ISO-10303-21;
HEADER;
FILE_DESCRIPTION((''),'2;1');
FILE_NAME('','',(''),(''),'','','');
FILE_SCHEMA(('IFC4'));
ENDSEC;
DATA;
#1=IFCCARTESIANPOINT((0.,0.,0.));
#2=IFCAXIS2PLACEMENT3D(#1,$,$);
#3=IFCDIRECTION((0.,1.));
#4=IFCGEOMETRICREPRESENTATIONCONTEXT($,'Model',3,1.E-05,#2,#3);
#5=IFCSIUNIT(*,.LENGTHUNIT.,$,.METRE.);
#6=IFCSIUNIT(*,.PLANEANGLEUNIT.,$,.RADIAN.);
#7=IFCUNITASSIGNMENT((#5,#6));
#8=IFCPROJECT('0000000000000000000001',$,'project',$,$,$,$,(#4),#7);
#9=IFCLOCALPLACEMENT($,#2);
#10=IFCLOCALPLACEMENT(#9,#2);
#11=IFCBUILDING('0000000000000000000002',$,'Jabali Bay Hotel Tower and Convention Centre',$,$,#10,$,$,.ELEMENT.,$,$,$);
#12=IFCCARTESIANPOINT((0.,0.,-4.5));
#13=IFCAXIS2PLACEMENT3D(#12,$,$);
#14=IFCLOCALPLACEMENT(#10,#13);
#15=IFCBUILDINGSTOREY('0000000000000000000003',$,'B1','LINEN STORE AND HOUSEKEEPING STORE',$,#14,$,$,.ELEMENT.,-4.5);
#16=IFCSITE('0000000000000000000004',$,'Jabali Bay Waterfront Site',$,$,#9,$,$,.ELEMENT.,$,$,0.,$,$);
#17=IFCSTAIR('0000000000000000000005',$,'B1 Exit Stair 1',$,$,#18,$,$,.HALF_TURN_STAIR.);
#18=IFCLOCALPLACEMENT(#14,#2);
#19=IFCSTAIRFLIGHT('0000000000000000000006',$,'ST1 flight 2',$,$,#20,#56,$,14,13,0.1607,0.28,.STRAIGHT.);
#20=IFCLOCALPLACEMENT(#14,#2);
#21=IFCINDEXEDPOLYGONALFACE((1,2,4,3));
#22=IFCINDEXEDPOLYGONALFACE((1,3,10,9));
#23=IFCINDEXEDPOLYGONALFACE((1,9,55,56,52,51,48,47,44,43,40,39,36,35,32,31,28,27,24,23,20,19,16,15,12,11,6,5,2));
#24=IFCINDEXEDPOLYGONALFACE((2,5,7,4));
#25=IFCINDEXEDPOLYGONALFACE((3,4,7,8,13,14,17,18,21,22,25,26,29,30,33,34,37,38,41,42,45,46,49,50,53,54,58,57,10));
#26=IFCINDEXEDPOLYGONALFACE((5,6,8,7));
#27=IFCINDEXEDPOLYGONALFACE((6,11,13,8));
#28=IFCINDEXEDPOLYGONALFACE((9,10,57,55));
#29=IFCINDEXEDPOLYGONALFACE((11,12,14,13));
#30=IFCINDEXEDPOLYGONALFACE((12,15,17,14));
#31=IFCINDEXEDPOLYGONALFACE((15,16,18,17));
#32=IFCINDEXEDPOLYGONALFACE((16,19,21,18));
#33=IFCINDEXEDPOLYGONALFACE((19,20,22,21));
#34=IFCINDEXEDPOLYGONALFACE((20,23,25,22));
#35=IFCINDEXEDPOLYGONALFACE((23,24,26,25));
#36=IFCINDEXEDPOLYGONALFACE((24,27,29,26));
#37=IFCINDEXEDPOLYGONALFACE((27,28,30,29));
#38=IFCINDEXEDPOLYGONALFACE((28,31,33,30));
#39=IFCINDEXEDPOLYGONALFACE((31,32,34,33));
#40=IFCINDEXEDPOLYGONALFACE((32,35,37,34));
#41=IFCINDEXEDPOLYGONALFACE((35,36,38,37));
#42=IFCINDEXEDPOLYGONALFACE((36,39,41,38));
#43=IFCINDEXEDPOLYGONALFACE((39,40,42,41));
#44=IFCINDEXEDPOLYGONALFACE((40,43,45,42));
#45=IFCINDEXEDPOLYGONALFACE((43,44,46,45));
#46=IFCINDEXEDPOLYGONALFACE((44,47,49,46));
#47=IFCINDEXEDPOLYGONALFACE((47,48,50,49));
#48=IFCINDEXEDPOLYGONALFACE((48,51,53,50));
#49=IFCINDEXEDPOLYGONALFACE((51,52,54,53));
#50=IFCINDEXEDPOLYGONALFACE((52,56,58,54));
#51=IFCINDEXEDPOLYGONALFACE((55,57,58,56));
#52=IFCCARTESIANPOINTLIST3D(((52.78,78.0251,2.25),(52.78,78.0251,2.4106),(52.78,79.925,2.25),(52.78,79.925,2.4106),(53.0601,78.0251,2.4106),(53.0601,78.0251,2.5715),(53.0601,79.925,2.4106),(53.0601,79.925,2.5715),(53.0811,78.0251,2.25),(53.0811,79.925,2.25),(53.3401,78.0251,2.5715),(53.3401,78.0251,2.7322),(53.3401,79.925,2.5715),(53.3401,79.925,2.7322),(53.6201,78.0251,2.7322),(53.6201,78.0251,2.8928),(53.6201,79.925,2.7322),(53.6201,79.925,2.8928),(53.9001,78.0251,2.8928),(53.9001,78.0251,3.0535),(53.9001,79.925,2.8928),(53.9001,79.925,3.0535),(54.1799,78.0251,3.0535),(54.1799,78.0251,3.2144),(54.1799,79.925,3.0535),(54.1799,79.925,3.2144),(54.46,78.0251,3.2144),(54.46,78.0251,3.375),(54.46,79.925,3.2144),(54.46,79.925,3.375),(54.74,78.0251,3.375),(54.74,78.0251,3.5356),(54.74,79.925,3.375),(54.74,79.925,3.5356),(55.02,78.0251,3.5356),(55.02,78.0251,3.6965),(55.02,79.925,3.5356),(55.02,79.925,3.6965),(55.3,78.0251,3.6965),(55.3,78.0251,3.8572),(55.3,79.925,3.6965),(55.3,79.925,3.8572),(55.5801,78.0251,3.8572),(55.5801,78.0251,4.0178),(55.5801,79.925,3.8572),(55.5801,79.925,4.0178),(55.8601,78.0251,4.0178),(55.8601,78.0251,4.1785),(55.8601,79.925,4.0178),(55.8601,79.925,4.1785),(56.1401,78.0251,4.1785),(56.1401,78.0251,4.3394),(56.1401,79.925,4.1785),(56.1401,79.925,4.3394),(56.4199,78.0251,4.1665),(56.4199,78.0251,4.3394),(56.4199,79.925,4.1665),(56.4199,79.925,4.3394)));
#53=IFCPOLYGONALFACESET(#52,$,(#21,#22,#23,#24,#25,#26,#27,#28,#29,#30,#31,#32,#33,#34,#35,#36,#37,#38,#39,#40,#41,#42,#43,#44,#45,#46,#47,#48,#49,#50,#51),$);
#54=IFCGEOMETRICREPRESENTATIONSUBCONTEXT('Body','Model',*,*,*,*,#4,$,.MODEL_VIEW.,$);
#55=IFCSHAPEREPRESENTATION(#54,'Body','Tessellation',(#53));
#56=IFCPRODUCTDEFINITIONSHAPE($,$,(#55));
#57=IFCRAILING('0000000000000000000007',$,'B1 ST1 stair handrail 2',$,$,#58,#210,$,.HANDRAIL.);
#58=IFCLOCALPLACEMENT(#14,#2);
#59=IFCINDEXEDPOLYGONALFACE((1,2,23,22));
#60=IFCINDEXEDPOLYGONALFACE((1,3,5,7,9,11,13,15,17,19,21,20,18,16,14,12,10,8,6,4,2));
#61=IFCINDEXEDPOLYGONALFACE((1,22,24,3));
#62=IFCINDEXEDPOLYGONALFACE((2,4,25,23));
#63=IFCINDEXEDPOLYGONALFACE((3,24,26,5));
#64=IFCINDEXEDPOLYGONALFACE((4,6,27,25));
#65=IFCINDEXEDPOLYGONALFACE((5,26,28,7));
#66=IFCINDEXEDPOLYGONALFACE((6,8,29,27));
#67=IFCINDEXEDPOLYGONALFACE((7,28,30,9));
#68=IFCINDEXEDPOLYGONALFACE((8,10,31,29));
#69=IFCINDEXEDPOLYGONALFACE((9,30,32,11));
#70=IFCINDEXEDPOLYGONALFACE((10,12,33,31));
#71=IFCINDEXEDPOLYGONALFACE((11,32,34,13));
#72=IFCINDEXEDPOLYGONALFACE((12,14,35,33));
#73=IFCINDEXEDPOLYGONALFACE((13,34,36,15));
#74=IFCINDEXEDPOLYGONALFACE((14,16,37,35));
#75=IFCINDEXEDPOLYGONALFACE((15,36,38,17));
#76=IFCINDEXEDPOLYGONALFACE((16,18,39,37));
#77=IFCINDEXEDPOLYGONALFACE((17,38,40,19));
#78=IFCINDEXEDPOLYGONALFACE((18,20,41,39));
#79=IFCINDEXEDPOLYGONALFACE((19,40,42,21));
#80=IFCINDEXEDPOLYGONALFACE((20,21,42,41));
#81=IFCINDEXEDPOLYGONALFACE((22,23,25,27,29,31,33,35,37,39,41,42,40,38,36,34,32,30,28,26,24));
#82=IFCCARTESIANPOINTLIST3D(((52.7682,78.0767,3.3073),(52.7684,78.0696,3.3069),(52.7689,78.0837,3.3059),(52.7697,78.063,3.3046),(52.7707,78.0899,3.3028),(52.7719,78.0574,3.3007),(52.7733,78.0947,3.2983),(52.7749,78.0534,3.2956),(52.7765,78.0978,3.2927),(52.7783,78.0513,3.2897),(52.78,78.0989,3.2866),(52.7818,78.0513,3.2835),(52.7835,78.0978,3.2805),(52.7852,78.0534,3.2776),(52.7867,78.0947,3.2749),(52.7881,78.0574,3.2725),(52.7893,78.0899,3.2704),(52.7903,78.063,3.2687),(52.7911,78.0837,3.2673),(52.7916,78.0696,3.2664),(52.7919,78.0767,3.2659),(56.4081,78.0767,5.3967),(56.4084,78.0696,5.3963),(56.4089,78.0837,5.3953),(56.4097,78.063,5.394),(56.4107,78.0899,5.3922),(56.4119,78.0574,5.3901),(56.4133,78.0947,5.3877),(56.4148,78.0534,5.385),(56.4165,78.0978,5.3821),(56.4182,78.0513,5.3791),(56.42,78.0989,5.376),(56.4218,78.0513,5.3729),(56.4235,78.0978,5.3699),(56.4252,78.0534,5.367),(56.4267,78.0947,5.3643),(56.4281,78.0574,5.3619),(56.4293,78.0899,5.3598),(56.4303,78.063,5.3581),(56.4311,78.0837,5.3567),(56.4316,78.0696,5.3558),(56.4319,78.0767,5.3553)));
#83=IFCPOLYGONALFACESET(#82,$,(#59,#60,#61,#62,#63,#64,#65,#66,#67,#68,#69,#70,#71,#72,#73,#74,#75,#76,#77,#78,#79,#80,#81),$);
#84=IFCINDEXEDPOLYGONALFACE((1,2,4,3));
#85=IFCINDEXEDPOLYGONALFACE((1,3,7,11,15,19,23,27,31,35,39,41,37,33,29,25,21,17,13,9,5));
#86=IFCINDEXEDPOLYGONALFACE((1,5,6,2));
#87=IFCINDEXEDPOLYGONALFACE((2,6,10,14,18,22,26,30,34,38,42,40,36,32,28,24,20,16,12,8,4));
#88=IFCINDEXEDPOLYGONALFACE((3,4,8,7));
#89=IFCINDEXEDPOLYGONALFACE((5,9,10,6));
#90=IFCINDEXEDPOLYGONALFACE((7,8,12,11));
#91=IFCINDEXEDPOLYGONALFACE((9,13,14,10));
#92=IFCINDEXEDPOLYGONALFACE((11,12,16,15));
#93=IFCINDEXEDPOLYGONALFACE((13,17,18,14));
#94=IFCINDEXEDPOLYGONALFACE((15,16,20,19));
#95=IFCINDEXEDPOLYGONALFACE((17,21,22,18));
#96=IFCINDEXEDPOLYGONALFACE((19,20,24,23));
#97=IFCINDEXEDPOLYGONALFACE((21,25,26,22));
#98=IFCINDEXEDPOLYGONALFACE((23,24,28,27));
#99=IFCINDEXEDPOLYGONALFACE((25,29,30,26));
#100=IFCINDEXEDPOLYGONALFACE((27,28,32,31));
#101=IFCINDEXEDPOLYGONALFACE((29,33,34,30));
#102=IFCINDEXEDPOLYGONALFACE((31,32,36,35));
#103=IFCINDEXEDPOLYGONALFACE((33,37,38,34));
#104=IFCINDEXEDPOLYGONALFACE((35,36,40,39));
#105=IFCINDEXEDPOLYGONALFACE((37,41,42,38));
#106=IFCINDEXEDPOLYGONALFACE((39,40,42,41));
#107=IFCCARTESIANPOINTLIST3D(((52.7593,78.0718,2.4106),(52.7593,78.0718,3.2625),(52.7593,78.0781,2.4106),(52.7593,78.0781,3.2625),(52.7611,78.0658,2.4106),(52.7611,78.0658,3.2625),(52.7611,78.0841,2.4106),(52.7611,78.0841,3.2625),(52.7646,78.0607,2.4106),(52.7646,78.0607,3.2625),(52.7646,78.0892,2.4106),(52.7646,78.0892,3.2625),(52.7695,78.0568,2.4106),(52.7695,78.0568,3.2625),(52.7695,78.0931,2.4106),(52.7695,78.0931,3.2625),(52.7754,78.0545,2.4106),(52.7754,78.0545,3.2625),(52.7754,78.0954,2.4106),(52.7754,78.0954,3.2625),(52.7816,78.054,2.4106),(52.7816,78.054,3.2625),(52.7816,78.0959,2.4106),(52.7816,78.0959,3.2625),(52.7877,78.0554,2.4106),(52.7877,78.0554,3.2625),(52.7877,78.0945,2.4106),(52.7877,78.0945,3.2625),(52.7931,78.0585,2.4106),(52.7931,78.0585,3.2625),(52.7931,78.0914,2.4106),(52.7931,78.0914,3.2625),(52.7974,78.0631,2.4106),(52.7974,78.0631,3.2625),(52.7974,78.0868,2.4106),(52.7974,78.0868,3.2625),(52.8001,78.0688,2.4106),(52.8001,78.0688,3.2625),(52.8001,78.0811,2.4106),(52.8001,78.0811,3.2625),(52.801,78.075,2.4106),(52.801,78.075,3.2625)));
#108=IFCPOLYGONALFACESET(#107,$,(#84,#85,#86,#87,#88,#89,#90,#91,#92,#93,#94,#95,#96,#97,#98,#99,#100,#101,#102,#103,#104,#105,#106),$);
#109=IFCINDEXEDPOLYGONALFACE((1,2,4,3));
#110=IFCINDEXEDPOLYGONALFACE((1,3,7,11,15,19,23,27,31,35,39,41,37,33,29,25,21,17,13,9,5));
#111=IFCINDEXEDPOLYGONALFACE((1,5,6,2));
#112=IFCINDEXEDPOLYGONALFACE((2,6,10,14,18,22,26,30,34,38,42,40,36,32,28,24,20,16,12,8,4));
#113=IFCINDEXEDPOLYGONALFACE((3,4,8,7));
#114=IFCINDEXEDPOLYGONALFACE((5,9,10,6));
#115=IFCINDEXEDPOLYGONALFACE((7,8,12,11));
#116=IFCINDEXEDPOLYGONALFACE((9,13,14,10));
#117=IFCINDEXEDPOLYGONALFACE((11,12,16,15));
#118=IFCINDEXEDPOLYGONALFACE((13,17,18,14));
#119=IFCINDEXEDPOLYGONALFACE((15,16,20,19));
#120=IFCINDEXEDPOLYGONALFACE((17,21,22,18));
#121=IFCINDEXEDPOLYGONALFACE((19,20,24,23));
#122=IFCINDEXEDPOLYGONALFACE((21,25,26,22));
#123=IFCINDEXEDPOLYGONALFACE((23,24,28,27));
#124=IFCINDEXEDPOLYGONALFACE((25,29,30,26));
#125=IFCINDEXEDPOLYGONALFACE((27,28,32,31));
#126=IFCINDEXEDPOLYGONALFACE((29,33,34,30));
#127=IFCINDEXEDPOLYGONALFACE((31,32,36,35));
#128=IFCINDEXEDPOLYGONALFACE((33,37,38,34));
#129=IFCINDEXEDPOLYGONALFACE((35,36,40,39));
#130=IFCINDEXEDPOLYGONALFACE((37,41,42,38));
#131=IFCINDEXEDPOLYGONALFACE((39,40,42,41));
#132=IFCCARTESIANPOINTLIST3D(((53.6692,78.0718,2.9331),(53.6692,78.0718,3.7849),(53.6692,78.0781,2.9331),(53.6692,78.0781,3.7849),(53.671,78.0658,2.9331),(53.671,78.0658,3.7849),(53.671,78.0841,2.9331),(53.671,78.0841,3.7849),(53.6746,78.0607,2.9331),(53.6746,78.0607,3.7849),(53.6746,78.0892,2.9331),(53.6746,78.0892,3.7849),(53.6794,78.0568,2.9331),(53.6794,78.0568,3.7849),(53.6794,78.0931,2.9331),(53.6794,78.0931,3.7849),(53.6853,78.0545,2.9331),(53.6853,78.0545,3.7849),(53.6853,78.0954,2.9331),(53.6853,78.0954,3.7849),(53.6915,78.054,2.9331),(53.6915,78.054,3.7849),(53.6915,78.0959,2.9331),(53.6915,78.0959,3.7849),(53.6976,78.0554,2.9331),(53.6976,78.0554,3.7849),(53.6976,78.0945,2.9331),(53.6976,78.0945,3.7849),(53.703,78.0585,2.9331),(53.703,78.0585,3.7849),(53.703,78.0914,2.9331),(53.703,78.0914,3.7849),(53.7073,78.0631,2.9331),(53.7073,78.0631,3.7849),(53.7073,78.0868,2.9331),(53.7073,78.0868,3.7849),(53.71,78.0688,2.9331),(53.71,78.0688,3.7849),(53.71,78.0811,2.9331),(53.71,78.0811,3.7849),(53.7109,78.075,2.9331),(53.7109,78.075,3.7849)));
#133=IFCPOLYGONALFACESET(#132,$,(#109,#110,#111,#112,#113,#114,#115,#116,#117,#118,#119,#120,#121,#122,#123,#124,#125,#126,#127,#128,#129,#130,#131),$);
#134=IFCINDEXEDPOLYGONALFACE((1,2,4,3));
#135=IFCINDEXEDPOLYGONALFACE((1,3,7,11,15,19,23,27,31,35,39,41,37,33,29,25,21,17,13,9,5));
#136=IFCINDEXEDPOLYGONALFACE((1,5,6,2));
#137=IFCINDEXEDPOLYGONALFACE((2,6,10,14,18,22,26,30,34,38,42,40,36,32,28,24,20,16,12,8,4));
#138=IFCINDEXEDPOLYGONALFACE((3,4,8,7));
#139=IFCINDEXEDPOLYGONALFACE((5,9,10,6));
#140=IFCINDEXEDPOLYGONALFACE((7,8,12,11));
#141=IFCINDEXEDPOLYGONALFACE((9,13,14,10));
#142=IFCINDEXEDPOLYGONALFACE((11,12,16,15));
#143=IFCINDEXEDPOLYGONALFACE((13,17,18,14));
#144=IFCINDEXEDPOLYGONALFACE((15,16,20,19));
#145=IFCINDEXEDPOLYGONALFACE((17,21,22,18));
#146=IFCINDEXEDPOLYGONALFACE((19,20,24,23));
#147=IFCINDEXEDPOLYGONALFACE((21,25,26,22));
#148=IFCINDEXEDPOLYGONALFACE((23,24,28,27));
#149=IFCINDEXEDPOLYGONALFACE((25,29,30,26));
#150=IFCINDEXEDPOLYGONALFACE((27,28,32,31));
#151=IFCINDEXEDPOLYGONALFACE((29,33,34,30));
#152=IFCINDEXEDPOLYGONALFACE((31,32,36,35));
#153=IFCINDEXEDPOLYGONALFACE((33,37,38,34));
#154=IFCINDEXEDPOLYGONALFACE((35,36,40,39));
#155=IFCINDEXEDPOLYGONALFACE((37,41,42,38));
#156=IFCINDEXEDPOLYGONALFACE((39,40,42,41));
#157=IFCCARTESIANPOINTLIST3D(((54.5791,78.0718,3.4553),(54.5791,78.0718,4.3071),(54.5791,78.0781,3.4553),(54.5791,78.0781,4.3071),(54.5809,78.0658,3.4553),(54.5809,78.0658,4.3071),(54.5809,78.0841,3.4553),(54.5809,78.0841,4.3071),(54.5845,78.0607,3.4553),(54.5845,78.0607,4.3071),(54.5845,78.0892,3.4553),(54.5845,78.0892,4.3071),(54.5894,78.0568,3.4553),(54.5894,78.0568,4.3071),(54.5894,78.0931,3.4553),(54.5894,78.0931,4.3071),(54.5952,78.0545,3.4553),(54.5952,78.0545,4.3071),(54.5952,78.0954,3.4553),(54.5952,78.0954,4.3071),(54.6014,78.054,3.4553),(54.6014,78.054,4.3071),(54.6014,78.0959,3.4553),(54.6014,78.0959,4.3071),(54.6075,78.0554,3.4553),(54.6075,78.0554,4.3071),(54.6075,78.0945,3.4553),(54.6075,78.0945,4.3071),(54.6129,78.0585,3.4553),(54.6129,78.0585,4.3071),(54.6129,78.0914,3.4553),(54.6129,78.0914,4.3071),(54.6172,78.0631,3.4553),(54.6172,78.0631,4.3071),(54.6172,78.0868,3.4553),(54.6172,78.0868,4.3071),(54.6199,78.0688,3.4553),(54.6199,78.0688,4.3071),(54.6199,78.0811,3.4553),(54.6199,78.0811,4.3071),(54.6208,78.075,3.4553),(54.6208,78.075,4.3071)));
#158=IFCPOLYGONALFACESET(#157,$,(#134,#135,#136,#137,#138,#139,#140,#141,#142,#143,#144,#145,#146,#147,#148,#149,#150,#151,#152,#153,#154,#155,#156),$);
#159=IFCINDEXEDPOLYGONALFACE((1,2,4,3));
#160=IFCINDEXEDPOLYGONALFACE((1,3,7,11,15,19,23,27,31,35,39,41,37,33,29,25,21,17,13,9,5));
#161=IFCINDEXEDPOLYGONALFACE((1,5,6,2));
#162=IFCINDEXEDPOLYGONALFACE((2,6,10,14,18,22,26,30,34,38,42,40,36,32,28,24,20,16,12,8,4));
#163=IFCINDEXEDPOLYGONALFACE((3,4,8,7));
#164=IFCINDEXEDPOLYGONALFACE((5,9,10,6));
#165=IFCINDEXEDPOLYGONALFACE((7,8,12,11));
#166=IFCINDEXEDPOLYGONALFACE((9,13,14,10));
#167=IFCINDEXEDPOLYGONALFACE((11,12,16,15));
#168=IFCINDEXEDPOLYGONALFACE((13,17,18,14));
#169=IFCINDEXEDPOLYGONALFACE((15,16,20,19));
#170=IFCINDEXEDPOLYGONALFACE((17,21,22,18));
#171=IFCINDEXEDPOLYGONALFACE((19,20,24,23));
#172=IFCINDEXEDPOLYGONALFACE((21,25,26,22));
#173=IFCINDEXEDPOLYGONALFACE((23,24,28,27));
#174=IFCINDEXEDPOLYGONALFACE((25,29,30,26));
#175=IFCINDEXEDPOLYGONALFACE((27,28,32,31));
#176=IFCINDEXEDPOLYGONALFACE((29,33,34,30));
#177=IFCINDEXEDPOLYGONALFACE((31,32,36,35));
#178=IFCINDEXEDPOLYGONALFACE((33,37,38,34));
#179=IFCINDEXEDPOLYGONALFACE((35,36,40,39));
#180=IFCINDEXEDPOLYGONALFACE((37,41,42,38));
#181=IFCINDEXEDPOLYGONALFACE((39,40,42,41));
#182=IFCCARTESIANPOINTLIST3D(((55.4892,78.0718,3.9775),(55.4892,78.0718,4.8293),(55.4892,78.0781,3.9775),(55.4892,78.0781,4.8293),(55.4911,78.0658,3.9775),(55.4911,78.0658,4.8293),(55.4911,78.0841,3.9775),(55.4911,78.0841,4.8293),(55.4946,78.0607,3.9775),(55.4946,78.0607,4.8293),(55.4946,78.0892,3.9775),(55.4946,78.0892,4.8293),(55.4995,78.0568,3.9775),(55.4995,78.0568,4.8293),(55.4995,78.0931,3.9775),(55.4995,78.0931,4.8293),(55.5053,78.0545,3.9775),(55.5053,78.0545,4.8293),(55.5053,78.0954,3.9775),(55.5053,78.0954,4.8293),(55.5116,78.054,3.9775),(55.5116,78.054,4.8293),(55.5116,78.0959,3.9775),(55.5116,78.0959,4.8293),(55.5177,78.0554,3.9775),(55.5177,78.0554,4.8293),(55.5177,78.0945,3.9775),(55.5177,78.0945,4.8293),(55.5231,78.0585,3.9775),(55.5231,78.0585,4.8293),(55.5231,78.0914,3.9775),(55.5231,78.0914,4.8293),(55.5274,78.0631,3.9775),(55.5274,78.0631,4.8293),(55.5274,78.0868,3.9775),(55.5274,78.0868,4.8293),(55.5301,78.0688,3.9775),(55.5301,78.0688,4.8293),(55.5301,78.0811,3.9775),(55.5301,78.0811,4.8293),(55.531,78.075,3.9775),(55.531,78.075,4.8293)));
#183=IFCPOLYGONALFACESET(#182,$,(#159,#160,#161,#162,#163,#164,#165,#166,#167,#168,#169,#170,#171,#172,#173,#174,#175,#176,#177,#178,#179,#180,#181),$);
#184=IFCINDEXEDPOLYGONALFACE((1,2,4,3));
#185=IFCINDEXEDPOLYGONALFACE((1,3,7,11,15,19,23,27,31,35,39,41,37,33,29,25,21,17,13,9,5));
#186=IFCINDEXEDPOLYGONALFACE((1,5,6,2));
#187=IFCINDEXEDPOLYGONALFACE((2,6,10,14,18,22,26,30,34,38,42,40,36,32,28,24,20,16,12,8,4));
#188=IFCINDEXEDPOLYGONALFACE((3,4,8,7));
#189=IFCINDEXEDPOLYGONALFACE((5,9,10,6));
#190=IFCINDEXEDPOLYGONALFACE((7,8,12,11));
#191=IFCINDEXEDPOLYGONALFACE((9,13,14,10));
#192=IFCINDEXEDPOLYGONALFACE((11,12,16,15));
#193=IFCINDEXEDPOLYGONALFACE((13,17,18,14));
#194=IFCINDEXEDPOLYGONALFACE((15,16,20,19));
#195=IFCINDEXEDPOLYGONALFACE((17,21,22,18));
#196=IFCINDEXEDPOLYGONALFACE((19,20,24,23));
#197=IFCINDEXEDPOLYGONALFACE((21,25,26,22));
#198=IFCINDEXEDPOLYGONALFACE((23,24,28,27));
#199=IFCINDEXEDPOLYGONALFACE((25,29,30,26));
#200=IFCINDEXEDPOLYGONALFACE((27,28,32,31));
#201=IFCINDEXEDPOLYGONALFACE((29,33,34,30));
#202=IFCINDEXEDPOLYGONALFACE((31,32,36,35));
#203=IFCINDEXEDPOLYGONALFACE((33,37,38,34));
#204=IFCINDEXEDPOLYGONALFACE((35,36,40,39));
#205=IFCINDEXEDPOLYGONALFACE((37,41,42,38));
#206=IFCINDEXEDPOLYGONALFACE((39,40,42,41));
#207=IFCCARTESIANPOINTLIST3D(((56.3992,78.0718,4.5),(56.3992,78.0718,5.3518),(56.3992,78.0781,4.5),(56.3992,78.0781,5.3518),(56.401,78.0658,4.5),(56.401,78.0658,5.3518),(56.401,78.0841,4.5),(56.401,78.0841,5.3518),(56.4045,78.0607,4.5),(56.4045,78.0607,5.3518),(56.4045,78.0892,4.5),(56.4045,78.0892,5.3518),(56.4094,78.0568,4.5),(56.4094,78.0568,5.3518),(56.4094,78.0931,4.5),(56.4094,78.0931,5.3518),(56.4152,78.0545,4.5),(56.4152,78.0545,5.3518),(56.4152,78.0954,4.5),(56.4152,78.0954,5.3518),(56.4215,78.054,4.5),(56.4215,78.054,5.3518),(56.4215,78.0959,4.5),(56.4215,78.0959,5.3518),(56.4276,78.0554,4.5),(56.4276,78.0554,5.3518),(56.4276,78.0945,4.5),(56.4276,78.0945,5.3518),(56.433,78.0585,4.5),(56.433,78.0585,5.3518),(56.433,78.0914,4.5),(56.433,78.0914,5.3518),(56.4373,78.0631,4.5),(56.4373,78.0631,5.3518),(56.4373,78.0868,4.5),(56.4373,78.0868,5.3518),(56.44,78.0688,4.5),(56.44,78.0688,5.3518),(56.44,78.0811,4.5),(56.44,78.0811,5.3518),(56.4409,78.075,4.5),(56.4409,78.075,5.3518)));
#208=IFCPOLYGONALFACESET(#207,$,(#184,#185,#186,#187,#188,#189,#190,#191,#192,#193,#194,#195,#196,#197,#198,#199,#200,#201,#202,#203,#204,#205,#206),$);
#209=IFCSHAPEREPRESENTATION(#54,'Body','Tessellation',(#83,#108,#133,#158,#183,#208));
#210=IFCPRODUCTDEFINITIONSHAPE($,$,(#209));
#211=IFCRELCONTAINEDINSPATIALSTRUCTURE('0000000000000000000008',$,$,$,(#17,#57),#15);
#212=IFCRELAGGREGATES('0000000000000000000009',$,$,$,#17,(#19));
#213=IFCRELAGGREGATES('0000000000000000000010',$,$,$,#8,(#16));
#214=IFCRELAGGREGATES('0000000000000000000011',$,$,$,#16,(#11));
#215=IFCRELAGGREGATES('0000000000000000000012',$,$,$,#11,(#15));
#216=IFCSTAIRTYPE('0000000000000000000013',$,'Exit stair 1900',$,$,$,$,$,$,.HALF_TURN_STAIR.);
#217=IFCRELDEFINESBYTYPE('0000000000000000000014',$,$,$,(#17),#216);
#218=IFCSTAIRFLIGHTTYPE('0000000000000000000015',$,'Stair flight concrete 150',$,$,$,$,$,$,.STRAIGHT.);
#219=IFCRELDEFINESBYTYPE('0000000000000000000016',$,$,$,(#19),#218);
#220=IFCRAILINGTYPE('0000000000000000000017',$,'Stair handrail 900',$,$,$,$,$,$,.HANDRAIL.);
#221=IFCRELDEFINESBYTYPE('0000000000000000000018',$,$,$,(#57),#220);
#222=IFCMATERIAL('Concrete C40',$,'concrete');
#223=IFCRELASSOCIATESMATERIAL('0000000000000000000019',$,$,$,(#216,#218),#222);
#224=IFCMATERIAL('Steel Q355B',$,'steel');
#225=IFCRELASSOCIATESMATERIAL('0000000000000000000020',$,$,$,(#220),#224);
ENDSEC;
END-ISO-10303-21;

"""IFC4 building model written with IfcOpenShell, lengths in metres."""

from ifc_helpers import new_model, si_unit, direction, frame, origin, origin_2d, place, context, subcontext, project, spatial, polyline, circle, outline, extrude, material, type_object, element, aggregate, save


model = new_model("IFC4")

# Units and contexts
model_context = context("Model", 3, precision=1e-05, world=origin(), true_north=direction((0.0, 1.0)))
body_context = subcontext(model_context, "Body", "Model", "MODEL_VIEW")
ifc_project = project(units=[si_unit("LENGTHUNIT", "METRE"), si_unit("PLANEANGLEUNIT", "RADIAN")], contexts=[model_context])

# Site, building, storey
site_placement = place(None, origin())
site = spatial("IfcSite", under=ifc_project, at=site_placement, Name="Jabali Bay Waterfront Site", CompositionType="ELEMENT", RefElevation=0.0)
building_placement = place(site_placement, origin())
building = spatial("IfcBuilding", under=site, at=building_placement, Name="Jabali Bay Hotel Tower and Convention Centre", CompositionType="ELEMENT")
storey_placement = place(building_placement, frame((0.0, 0.0, -4.5)))
storey = spatial("IfcBuildingStorey", under=building, at=storey_placement, Name="B1", Description="LINEN STORE AND HOUSEKEEPING STORE", CompositionType="ELEMENT", Elevation=-4.5)

# Shared definitions
ifc_material_1 = material(Name="Concrete C40", Category="concrete")

# Stair
stair_type = type_object("IfcStairType", Name="Exit stair 1900", PredefinedType="HALF_TURN_STAIR", material=ifc_material_1)
stair_1_placement = place(storey_placement, origin())
stair_1 = element("IfcStair", 1, at=stair_1_placement, inside=storey, type_object=stair_type, Name="B1 Exit Stair 1", PredefinedType="HALF_TURN_STAIR")

# Stair flight
stair_flight_type = type_object("IfcStairFlightType", Name="Stair flight concrete 150", PredefinedType="STRAIGHT", material=ifc_material_1)
stair_flight_placement = place(storey_placement, frame((52.78, 78.9751, 2.25), z_axis=(0.0, 0.0, 1.0), x_axis=(1.0, 0.0, 0.0)))
stair_flight = element("IfcStairFlight", 2, at=stair_flight_placement, type_object=stair_flight_type, Name="ST1 flight 2", NumberOfRisers=14, NumberOfTreads=13, PredefinedType="STRAIGHT", RiserHeight=0.1607, TreadLength=0.28, context=body_context, shape_type="SweptSolid", body=[
    extrude(outline(polyline([(0.0, 0.0), (0.0, 0.1606), (0.28, 0.1606), (0.28, 0.3215), (0.5601, 0.3215), (0.5601, 0.4822), (0.8401, 0.4822), (0.8401, 0.6428), (1.1201, 0.6428), (1.1201, 0.8035), (1.3999, 0.8035), (1.3999, 0.9644), (1.6799, 0.9644), (1.6799, 1.125), (1.96, 1.125), (1.96, 1.2856), (2.24, 1.2856), (2.24, 1.4465), (2.52, 1.4465), (2.52, 1.6072), (2.8, 1.6072), (2.8, 1.7678), (3.0801, 1.7678), (3.0801, 1.9285), (3.3601, 1.9285), (3.3601, 2.0894), (3.6399, 2.0894), (3.6399, 2.25), (3.6399, 1.9165), (0.301, 0.0), (0.0, 0.0)])), frame((0.0, 0.95, 0.0), z_axis=(0.0, -1.0, 0.0), x_axis=(1.0, 0.0, 0.0)), (0.0, 0.0, 1.0), 1.8999),
])
aggregate(stair_1, [stair_flight])

# Railing
ifc_material_2 = material(Name="Steel Q355B", Category="steel")
railing_type = type_object("IfcRailingType", Name="Stair handrail 900", PredefinedType="HANDRAIL", material=ifc_material_2)
railing_placement = place(storey_placement, frame((52.78, 78.075, 2.4106)))
element("IfcRailing", 3, at=railing_placement, inside=storey, type_object=railing_type, Name="B1 ST1 stair handrail 2", PredefinedType="HANDRAIL", context=body_context, shape_type="SweptSolid", body=[
    extrude(circle(Radius=0.0239, at=origin_2d()), frame((0.0, 0.0, 0.876), z_axis=(0.867275, 0.0, 0.497829), x_axis=(0.0, 1.0, 0.0)), (0.0, 0.0, 1.0), 4.197),
    extrude(circle(Radius=0.021, at=origin_2d()), origin(), (0.0, 0.0, 1.0), 0.8518),
    extrude(circle(Radius=0.021, at=origin_2d()), frame((0.9099, 0.0, 0.5225)), (0.0, 0.0, 1.0), 0.8518),
    extrude(circle(Radius=0.021, at=origin_2d()), frame((1.8198, 0.0, 1.0447)), (0.0, 0.0, 1.0), 0.8518),
    extrude(circle(Radius=0.021, at=origin_2d()), frame((2.73, 0.0, 1.5669)), (0.0, 0.0, 1.0), 0.8518),
    extrude(circle(Radius=0.021, at=origin_2d()), frame((3.6399, 0.0, 2.0894)), (0.0, 0.0, 1.0), 0.8518),
])

save(model, "model.ifc")
